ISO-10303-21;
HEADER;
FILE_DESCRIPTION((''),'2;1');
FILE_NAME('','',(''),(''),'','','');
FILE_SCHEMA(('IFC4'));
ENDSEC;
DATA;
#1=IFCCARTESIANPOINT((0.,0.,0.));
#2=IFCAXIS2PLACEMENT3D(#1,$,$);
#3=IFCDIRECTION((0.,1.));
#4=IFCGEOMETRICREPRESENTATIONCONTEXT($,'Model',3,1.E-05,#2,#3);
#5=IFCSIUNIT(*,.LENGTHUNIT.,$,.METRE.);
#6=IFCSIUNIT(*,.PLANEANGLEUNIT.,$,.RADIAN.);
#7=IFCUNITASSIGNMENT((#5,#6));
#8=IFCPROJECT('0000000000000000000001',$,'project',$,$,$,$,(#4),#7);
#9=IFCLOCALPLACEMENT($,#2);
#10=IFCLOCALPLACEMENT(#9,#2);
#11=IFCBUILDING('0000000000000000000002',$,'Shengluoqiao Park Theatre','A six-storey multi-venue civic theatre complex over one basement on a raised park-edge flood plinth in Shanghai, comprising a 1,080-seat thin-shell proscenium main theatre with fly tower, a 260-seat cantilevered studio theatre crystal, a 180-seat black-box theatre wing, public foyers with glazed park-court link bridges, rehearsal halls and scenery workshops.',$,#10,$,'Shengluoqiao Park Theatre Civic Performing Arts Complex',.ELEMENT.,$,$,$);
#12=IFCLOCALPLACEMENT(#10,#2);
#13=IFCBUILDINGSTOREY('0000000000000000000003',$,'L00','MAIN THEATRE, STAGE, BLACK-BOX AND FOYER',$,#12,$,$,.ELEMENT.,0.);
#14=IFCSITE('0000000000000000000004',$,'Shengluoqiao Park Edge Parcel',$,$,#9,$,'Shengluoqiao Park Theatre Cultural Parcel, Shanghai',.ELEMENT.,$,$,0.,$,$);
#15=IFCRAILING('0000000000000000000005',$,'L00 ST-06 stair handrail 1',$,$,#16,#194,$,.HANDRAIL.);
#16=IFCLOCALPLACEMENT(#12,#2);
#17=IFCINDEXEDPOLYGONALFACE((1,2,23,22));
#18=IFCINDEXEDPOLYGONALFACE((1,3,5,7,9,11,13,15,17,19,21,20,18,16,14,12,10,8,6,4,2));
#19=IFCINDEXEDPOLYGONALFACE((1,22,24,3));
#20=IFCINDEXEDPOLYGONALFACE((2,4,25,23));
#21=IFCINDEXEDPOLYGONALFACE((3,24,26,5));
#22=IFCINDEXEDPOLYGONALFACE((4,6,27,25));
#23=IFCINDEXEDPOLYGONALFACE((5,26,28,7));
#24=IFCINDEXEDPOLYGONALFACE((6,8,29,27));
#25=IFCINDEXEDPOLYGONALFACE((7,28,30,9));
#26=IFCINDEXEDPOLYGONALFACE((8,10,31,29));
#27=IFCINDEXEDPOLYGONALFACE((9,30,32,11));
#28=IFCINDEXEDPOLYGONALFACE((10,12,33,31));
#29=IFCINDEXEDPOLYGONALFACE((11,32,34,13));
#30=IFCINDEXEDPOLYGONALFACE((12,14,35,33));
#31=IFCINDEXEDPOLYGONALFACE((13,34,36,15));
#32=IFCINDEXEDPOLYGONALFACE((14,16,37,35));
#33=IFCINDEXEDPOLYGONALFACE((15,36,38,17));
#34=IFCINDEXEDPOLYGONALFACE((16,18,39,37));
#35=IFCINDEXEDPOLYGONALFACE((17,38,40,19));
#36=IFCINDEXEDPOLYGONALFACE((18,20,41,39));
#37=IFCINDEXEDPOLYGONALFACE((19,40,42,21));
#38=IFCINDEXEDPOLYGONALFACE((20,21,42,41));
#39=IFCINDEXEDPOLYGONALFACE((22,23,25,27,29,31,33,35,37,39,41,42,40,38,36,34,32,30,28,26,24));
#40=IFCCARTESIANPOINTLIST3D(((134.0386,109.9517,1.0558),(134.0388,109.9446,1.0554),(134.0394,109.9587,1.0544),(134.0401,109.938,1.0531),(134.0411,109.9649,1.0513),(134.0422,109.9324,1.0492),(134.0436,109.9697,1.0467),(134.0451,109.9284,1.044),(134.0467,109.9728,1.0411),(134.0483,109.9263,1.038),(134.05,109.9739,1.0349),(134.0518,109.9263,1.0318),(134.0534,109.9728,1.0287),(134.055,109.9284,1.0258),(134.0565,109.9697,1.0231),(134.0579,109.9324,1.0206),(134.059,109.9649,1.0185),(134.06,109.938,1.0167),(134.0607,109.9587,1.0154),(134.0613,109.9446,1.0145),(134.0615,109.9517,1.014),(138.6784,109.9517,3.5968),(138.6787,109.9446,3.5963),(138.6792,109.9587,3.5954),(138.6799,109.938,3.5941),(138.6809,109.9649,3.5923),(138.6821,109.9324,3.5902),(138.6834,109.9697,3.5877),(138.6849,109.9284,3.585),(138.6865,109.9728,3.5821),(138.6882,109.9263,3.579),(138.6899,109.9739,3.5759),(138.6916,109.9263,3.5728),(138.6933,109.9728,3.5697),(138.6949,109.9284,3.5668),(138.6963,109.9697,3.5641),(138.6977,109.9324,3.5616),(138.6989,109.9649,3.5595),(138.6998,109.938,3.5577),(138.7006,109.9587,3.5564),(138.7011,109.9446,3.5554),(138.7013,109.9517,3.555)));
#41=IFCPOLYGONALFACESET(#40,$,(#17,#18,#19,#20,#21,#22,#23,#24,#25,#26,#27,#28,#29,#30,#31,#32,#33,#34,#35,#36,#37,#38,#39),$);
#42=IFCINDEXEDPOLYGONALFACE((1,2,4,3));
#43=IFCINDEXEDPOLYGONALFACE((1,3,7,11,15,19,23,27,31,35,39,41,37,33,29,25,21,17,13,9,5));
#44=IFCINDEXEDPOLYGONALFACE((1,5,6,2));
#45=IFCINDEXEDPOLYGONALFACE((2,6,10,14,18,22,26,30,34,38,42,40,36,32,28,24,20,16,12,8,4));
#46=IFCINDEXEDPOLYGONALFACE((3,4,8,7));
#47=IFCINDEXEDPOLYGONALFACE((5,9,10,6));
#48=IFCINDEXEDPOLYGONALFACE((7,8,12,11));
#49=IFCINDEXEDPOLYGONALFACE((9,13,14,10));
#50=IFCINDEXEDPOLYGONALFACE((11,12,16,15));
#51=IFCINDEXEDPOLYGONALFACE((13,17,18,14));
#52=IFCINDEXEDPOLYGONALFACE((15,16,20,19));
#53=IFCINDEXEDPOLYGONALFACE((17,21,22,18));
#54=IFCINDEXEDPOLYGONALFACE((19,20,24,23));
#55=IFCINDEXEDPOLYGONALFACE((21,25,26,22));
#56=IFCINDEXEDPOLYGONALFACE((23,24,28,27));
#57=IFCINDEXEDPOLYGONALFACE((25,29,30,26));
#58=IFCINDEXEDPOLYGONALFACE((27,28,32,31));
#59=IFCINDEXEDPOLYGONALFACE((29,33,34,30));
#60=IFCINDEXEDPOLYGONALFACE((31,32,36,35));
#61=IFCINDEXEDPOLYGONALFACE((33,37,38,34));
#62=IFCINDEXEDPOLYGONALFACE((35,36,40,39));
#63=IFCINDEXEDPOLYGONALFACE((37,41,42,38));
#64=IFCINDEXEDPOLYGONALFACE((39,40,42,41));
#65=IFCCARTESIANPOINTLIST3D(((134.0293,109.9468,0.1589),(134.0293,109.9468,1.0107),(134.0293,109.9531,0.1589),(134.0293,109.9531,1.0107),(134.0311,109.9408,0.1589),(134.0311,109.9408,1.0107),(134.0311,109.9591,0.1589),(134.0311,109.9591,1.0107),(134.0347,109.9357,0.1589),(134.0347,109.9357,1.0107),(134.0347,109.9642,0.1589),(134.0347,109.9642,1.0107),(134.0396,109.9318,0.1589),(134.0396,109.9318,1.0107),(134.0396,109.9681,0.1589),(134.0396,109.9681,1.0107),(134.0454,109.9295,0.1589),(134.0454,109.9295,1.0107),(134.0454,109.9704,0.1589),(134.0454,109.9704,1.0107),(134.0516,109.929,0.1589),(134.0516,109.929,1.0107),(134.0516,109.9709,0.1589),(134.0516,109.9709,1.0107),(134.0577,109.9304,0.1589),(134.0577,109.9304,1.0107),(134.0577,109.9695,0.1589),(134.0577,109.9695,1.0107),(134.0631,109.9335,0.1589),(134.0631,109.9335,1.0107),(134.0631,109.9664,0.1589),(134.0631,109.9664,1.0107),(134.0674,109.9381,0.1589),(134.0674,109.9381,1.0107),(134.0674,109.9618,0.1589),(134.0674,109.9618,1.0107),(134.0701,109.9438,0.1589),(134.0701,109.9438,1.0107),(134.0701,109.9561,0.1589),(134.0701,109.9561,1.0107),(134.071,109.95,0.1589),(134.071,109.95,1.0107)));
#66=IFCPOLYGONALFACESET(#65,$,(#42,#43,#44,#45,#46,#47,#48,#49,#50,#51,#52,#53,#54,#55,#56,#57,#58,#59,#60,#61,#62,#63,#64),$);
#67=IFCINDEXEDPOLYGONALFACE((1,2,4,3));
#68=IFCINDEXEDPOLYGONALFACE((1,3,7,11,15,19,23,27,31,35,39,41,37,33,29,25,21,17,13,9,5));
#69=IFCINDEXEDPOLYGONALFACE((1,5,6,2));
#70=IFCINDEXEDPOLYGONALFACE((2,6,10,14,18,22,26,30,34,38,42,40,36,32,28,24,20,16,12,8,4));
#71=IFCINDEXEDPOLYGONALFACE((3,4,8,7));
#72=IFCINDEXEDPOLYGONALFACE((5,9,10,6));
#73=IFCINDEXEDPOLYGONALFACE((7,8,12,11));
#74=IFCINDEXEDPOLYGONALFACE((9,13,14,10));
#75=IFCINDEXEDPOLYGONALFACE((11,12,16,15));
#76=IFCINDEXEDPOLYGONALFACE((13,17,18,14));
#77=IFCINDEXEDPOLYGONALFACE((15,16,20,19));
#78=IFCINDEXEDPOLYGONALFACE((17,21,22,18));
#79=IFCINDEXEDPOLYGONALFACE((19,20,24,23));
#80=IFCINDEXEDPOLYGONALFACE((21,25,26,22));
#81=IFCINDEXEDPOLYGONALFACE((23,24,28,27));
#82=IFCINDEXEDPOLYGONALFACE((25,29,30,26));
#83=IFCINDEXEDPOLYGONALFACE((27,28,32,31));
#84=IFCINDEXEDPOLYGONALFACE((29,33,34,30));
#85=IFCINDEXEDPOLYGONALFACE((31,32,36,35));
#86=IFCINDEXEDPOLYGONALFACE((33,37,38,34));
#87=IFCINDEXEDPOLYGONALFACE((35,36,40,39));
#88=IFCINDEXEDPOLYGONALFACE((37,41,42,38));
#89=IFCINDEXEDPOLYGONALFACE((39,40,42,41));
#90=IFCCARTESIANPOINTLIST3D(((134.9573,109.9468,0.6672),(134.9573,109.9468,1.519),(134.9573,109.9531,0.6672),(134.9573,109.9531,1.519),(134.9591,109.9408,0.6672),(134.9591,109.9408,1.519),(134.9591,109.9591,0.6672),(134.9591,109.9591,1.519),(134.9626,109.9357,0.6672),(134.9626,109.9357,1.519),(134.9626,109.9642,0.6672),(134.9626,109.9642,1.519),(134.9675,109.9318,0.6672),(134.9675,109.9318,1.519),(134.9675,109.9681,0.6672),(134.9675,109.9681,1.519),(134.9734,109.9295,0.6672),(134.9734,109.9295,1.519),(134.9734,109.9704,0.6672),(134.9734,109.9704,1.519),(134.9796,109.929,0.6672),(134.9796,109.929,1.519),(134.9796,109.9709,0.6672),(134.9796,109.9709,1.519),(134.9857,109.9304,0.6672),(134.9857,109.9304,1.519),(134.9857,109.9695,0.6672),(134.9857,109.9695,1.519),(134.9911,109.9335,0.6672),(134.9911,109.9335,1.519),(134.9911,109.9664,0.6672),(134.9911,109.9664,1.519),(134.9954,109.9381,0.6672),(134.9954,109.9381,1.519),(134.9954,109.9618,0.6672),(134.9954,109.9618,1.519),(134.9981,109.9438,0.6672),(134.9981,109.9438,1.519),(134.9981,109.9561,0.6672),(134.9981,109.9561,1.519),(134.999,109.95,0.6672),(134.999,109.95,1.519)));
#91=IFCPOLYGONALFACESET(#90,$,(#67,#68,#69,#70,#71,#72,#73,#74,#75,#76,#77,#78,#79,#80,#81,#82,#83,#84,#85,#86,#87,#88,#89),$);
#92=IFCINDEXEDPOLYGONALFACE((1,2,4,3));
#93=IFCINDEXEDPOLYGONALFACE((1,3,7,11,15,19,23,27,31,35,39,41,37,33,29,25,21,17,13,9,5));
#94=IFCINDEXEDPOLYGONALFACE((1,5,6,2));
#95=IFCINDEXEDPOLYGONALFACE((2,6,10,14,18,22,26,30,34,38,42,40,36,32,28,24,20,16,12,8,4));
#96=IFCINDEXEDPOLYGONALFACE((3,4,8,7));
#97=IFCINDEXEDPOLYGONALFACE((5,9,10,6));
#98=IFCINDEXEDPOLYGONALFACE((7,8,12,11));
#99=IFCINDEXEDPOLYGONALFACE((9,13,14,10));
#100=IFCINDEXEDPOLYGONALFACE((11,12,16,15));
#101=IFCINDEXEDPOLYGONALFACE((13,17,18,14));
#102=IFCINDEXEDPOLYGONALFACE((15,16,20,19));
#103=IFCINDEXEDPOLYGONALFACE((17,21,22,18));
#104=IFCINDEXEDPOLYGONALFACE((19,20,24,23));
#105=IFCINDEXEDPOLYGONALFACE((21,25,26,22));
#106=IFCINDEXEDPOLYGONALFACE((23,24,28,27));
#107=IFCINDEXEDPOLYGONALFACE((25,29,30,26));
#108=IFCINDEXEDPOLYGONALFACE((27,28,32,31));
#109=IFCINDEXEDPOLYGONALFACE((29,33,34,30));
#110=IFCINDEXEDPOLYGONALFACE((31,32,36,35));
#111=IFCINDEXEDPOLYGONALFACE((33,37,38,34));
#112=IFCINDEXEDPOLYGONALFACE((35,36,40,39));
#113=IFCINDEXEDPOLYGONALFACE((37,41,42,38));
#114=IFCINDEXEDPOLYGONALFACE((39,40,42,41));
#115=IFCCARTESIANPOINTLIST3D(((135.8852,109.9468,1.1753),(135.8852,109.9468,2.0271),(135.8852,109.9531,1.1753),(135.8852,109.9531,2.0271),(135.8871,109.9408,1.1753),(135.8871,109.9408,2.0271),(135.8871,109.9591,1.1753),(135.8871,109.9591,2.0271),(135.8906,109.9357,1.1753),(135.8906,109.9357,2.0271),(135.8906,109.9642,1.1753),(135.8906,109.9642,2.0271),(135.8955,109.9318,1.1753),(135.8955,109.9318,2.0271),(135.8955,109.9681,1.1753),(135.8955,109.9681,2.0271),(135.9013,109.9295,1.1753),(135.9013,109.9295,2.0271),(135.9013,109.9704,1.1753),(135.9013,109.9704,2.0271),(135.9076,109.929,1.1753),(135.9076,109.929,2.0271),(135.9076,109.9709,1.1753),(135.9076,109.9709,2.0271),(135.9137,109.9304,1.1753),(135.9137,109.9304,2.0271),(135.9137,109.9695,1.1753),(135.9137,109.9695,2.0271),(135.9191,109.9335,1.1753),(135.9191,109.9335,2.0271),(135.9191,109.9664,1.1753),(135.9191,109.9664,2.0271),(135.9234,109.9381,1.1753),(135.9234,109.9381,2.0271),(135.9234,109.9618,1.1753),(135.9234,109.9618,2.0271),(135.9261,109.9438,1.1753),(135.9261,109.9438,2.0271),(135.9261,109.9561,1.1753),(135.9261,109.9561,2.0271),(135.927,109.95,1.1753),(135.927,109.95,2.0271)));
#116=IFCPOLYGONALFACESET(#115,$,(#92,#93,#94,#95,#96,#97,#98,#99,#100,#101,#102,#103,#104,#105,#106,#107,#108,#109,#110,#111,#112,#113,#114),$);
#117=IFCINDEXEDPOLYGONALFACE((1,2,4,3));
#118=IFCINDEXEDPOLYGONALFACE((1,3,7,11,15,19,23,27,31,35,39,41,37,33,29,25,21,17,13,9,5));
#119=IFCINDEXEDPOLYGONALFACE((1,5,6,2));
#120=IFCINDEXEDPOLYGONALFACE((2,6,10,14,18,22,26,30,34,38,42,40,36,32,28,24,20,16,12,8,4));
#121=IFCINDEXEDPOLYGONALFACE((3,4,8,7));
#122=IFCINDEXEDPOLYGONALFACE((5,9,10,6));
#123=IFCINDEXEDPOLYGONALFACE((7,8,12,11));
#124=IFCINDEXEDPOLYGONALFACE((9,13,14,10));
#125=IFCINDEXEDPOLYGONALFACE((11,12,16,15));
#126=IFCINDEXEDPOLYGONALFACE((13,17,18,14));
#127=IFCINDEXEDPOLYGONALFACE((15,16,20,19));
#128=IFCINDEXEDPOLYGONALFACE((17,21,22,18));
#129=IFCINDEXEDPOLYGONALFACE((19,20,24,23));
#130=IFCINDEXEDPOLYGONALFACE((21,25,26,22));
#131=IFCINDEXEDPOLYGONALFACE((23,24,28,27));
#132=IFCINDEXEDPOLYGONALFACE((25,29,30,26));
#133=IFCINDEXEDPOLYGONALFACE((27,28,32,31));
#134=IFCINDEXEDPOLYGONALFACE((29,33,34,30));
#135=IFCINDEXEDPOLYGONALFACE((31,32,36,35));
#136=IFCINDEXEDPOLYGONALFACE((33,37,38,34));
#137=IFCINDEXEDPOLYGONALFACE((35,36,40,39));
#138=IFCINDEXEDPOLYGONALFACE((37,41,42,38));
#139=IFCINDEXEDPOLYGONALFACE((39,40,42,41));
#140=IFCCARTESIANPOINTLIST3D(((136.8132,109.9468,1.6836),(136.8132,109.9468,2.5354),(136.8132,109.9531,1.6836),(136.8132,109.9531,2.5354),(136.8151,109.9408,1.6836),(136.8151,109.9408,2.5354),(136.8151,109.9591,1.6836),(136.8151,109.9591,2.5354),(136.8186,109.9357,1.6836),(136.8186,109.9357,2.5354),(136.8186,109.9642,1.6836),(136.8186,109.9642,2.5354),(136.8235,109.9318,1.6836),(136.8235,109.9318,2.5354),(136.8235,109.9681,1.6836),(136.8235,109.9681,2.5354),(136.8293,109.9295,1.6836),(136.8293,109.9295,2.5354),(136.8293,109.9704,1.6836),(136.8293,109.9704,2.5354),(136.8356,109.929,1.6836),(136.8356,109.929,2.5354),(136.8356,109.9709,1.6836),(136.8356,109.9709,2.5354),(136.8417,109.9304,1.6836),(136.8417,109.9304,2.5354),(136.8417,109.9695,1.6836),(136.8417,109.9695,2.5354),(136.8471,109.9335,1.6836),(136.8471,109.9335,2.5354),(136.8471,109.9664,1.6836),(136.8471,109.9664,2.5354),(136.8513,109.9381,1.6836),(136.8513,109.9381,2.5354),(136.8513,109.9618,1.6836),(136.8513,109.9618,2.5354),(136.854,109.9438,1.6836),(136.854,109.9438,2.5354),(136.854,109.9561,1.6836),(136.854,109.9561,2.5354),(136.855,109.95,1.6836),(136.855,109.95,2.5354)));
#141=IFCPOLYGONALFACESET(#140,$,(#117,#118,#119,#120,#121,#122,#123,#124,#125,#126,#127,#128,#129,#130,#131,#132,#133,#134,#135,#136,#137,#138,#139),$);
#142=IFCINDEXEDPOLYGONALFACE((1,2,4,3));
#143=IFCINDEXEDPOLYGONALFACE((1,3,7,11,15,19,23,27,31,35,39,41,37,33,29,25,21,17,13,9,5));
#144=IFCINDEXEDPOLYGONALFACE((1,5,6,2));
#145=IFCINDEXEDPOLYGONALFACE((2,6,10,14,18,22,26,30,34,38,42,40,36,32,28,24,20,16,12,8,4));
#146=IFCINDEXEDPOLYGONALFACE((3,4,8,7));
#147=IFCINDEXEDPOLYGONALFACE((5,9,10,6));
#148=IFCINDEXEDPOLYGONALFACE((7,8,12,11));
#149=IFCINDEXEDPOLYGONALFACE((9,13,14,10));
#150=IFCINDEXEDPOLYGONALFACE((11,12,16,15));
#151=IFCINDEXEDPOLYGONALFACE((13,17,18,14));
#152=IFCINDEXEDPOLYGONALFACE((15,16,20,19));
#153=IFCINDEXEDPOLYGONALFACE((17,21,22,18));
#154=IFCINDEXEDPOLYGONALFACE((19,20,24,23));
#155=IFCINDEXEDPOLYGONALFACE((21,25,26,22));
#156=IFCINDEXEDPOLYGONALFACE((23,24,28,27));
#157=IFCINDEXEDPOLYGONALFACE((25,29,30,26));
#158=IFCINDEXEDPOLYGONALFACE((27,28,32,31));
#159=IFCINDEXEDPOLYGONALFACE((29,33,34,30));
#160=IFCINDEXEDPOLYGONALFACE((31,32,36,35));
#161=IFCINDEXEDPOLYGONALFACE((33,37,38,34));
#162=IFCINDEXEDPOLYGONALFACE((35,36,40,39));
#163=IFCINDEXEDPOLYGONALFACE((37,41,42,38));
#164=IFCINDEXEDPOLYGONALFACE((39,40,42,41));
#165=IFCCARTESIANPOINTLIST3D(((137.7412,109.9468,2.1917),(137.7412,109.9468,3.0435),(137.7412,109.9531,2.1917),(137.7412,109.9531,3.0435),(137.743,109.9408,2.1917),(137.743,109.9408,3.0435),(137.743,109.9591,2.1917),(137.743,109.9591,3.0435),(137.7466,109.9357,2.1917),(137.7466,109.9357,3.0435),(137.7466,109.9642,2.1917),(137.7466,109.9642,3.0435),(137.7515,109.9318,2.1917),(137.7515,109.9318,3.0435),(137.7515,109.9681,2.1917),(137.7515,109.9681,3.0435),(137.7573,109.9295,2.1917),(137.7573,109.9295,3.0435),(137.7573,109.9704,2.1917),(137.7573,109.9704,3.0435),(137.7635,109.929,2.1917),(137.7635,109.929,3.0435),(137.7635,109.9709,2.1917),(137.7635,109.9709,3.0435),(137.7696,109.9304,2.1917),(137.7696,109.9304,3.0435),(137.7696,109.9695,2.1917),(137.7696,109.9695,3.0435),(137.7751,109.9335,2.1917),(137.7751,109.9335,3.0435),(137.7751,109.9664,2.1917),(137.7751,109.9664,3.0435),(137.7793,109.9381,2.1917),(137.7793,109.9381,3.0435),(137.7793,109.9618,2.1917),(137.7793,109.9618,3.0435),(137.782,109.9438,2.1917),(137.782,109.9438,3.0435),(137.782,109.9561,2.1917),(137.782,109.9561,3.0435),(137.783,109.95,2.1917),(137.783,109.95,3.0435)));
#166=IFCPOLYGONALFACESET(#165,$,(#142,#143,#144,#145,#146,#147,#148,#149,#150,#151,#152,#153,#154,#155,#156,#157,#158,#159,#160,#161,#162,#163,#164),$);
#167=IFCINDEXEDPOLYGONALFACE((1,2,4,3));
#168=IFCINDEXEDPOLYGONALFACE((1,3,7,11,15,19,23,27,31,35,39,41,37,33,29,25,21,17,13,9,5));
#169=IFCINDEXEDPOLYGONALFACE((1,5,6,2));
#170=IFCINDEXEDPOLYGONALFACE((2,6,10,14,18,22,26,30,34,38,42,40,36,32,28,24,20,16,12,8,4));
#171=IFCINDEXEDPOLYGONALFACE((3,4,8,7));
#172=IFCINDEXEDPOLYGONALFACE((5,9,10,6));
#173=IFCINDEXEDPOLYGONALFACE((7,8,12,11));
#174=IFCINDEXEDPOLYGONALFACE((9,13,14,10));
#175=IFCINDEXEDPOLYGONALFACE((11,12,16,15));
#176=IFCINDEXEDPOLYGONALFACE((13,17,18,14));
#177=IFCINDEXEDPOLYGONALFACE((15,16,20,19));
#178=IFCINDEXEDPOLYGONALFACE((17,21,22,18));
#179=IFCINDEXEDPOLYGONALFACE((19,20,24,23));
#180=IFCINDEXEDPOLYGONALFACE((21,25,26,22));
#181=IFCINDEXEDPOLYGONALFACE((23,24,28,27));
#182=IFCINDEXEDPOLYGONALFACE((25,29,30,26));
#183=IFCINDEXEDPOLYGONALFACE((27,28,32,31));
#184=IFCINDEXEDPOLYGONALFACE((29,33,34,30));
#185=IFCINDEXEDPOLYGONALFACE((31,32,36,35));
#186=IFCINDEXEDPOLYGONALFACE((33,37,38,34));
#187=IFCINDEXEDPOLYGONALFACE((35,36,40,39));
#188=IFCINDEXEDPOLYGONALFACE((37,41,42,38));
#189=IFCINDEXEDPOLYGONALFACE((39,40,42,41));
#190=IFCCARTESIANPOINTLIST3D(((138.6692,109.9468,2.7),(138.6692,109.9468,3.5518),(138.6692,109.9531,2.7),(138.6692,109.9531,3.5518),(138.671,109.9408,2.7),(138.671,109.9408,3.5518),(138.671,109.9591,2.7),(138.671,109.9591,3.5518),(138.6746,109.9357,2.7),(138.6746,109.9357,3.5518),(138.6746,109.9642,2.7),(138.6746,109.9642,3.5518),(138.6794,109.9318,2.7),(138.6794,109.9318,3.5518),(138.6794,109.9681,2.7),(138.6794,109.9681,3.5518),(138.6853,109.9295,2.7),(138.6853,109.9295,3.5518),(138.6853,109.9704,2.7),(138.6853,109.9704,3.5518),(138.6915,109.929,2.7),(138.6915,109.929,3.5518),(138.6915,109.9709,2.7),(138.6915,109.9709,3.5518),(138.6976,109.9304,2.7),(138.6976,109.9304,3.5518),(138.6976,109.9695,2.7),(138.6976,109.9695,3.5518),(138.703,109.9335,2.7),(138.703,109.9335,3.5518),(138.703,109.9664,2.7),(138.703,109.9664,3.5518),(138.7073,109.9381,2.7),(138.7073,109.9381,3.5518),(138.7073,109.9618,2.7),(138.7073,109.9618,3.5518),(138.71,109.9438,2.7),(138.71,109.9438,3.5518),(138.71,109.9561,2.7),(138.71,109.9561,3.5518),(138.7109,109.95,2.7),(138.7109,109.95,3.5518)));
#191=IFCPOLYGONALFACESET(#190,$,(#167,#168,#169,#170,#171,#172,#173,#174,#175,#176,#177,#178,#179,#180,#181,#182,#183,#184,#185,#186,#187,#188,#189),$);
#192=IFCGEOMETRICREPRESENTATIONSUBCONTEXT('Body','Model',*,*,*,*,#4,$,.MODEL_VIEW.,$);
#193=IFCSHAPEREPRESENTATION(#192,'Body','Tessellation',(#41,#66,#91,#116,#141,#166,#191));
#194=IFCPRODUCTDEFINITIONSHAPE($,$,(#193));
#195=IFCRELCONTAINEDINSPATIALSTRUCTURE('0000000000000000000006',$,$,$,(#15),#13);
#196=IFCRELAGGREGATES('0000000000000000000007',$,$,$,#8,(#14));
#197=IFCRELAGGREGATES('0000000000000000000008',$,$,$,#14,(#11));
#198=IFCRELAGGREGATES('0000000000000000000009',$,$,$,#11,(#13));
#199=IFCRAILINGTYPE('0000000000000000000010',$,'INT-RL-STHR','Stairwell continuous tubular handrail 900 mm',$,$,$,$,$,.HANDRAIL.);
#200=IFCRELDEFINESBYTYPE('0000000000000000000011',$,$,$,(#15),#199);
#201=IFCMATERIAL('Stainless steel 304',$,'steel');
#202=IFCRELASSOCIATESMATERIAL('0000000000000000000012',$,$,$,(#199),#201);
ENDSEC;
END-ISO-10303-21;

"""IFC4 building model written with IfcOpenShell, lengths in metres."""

from ifc_helpers import new_model, si_unit, direction, frame, origin, origin_2d, place, context, subcontext, project, spatial, circle, extrude, material, type_object, element, save


model = new_model("IFC4")

# Units and contexts
model_context = context("Model", 3, precision=1e-05, world=origin(), true_north=direction((0.0, 1.0)))
body_context = subcontext(model_context, "Body", "Model", "MODEL_VIEW")
ifc_project = project(units=[si_unit("LENGTHUNIT", "METRE"), si_unit("PLANEANGLEUNIT", "RADIAN")], contexts=[model_context])

# Site, building, storey
site_placement = place(None, origin())
site = spatial("IfcSite", under=ifc_project, at=site_placement, Name="Shengluoqiao Park Edge Parcel", LongName="Shengluoqiao Park Theatre Cultural Parcel, Shanghai", CompositionType="ELEMENT", RefElevation=0.0)
building_placement = place(site_placement, origin())
building = spatial("IfcBuilding", under=site, at=building_placement, Name="Shengluoqiao Park Theatre", Description="A six-storey multi-venue civic theatre complex over one basement on a raised park-edge flood plinth in Shanghai, comprising a 1,080-seat thin-shell proscenium main theatre with fly tower, a 260-seat cantilevered studio theatre crystal, a 180-seat black-box theatre wing, public foyers with glazed park-court link bridges, rehearsal halls and scenery workshops.", LongName="Shengluoqiao Park Theatre Civic Performing Arts Complex", CompositionType="ELEMENT")
storey_placement = place(building_placement, origin())
storey = spatial("IfcBuildingStorey", under=building, at=storey_placement, Name="L00", Description="MAIN THEATRE, STAGE, BLACK-BOX AND FOYER", CompositionType="ELEMENT", Elevation=0.0)

# Railing
ifc_material_1 = material(Name="Stainless steel 304", Category="steel")
railing_type_1 = type_object("IfcRailingType", Name="INT-RL-STHR", Description="Stairwell continuous tubular handrail 900 mm", PredefinedType="HANDRAIL", material=ifc_material_1)
railing_1_placement = place(storey_placement, frame((134.05, 109.95, 0.1589)))
element("IfcRailing", 1, at=railing_1_placement, inside=storey, type_object=railing_type_1, Name="L00 ST-06 stair handrail 1", PredefinedType="HANDRAIL", context=body_context, shape_type="SweptSolid", body=[
    extrude(circle(Radius=0.0239, at=origin_2d()), frame((0.0, 0.0, 0.876), z_axis=(0.877087, 0.0, 0.480332), x_axis=(0.0, 1.0, 0.0)), (0.0, 0.0, 1.0), 5.29),
    extrude(circle(Radius=0.021, at=origin_2d()), origin(), (0.0, 0.0, 1.0), 0.8518),
    extrude(circle(Radius=0.021, at=origin_2d()), frame((0.928, 0.0, 0.5083)), (0.0, 0.0, 1.0), 0.8518),
    extrude(circle(Radius=0.021, at=origin_2d()), frame((1.856, 0.0, 1.0164)), (0.0, 0.0, 1.0), 0.8518),
    extrude(circle(Radius=0.021, at=origin_2d()), frame((2.7839, 0.0, 1.5247)), (0.0, 0.0, 1.0), 0.8518),
    extrude(circle(Radius=0.021, at=origin_2d()), frame((3.7119, 0.0, 2.0327)), (0.0, 0.0, 1.0), 0.8518),
    extrude(circle(Radius=0.021, at=origin_2d()), frame((4.6399, 0.0, 2.541)), (0.0, 0.0, 1.0), 0.8518),
])

save(model, "model.ifc")
